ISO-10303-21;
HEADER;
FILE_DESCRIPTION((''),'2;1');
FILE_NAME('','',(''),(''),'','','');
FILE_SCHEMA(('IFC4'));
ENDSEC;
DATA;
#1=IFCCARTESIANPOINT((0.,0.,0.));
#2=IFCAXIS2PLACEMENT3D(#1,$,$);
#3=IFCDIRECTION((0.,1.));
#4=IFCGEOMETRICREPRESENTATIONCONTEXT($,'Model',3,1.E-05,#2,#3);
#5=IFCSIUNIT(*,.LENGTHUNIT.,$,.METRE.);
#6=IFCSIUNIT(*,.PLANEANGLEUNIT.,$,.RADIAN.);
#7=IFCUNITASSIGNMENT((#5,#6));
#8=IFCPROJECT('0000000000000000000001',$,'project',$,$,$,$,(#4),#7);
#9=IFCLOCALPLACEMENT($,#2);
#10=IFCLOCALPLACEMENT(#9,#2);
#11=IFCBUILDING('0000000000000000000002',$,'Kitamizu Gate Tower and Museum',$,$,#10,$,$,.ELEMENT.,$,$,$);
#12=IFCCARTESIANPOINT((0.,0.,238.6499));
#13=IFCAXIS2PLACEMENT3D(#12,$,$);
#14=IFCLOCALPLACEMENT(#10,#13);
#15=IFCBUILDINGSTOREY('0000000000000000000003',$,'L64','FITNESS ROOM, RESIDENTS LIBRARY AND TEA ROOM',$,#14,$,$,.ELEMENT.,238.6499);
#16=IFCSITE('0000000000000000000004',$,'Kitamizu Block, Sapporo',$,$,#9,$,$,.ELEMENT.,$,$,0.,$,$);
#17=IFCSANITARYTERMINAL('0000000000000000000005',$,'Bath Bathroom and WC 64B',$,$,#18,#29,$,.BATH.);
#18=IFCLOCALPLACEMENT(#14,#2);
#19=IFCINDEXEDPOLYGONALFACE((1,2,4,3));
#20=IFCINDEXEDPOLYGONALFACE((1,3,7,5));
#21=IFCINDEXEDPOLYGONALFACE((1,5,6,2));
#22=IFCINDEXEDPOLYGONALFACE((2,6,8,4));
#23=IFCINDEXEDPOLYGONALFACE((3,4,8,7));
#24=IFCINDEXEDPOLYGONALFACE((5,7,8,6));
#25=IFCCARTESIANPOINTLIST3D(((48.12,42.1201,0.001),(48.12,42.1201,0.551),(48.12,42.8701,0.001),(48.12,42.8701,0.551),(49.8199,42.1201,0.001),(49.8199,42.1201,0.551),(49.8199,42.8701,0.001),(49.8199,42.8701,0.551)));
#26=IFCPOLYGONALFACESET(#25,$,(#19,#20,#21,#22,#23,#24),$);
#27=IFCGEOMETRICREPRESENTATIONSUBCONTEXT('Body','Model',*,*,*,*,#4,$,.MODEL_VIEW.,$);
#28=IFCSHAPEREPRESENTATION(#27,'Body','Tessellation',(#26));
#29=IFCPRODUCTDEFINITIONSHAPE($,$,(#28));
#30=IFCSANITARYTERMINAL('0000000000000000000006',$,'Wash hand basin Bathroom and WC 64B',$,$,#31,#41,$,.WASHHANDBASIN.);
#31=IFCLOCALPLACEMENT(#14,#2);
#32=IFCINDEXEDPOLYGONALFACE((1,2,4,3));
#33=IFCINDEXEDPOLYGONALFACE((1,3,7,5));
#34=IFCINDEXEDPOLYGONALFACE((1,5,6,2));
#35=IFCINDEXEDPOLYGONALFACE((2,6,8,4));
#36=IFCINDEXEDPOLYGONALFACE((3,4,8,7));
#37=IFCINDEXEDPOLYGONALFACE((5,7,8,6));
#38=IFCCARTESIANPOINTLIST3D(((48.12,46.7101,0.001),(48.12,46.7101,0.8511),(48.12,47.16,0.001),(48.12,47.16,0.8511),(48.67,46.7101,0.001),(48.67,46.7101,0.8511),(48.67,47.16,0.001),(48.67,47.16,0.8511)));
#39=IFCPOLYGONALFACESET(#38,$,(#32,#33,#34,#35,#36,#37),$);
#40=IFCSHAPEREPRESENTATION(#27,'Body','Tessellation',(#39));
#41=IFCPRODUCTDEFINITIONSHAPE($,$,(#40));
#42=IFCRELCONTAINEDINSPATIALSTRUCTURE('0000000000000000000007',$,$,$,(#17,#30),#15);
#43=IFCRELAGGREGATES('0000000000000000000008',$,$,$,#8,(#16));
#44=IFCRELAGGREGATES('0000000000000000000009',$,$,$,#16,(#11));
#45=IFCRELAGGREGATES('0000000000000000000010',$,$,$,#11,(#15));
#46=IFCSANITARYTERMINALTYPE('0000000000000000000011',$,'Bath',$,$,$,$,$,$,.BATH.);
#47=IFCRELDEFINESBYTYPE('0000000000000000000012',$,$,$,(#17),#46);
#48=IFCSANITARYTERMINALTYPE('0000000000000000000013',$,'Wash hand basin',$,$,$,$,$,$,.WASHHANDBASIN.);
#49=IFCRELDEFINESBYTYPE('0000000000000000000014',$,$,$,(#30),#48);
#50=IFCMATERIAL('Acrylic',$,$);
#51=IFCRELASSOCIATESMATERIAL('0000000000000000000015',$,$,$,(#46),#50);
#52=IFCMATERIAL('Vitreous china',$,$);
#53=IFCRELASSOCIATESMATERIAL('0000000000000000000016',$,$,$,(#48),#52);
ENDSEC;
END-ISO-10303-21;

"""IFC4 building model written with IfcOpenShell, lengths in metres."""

from ifc_helpers import new_model, si_unit, direction, frame, origin, origin_2d, place, context, subcontext, project, spatial, rectangle, extrude, material, type_object, element, save


model = new_model("IFC4")

# Units and contexts
model_context = context("Model", 3, precision=1e-05, world=origin(), true_north=direction((0.0, 1.0)))
body_context = subcontext(model_context, "Body", "Model", "MODEL_VIEW")
ifc_project = project(units=[si_unit("LENGTHUNIT", "METRE"), si_unit("PLANEANGLEUNIT", "RADIAN")], contexts=[model_context])

# Site, building, storey
site_placement = place(None, origin())
site = spatial("IfcSite", under=ifc_project, at=site_placement, Name="Kitamizu Block, Sapporo", CompositionType="ELEMENT", RefElevation=0.0)
building_placement = place(site_placement, origin())
building = spatial("IfcBuilding", under=site, at=building_placement, Name="Kitamizu Gate Tower and Museum", CompositionType="ELEMENT")
storey_placement = place(building_placement, frame((0.0, 0.0, 238.6499)))
storey = spatial("IfcBuildingStorey", under=building, at=storey_placement, Name="L64", Description="FITNESS ROOM, RESIDENTS LIBRARY AND TEA ROOM", CompositionType="ELEMENT", Elevation=238.6499)

# Sanitary terminals
ifc_material_1 = material(Name="Acrylic")
sanitary_terminal_type_1 = type_object("IfcSanitaryTerminalType", Name="Bath", PredefinedType="BATH", material=ifc_material_1)
sanitary_terminal_1_placement = place(storey_placement, frame((48.97, 42.4951, 0.001), z_axis=(0.0, 0.0, 1.0), x_axis=(1.0, 0.0, 0.0)))
element("IfcSanitaryTerminal", 1, at=sanitary_terminal_1_placement, inside=storey, type_object=sanitary_terminal_type_1, Name="Bath Bathroom and WC 64B", PredefinedType="BATH", context=body_context, shape_type="SweptSolid", body=[
    extrude(rectangle(XDim=1.7, YDim=0.75, at=origin_2d()), origin(), (0.0, 0.0, 1.0), 0.55),
])
ifc_material_2 = material(Name="Vitreous china")
sanitary_terminal_type_2 = type_object("IfcSanitaryTerminalType", Name="Wash hand basin", PredefinedType="WASHHANDBASIN", material=ifc_material_2)
sanitary_terminal_2_placement = place(storey_placement, frame((48.395, 46.9351, 0.001), z_axis=(0.0, 0.0, 1.0), x_axis=(1.0, 0.0, 0.0)))
element("IfcSanitaryTerminal", 2, at=sanitary_terminal_2_placement, inside=storey, type_object=sanitary_terminal_type_2, Name="Wash hand basin Bathroom and WC 64B", PredefinedType="WASHHANDBASIN", context=body_context, shape_type="SweptSolid", body=[
    extrude(rectangle(XDim=0.55, YDim=0.45, at=origin_2d()), origin(), (0.0, 0.0, 1.0), 0.8501),
])

save(model, "model.ifc")
